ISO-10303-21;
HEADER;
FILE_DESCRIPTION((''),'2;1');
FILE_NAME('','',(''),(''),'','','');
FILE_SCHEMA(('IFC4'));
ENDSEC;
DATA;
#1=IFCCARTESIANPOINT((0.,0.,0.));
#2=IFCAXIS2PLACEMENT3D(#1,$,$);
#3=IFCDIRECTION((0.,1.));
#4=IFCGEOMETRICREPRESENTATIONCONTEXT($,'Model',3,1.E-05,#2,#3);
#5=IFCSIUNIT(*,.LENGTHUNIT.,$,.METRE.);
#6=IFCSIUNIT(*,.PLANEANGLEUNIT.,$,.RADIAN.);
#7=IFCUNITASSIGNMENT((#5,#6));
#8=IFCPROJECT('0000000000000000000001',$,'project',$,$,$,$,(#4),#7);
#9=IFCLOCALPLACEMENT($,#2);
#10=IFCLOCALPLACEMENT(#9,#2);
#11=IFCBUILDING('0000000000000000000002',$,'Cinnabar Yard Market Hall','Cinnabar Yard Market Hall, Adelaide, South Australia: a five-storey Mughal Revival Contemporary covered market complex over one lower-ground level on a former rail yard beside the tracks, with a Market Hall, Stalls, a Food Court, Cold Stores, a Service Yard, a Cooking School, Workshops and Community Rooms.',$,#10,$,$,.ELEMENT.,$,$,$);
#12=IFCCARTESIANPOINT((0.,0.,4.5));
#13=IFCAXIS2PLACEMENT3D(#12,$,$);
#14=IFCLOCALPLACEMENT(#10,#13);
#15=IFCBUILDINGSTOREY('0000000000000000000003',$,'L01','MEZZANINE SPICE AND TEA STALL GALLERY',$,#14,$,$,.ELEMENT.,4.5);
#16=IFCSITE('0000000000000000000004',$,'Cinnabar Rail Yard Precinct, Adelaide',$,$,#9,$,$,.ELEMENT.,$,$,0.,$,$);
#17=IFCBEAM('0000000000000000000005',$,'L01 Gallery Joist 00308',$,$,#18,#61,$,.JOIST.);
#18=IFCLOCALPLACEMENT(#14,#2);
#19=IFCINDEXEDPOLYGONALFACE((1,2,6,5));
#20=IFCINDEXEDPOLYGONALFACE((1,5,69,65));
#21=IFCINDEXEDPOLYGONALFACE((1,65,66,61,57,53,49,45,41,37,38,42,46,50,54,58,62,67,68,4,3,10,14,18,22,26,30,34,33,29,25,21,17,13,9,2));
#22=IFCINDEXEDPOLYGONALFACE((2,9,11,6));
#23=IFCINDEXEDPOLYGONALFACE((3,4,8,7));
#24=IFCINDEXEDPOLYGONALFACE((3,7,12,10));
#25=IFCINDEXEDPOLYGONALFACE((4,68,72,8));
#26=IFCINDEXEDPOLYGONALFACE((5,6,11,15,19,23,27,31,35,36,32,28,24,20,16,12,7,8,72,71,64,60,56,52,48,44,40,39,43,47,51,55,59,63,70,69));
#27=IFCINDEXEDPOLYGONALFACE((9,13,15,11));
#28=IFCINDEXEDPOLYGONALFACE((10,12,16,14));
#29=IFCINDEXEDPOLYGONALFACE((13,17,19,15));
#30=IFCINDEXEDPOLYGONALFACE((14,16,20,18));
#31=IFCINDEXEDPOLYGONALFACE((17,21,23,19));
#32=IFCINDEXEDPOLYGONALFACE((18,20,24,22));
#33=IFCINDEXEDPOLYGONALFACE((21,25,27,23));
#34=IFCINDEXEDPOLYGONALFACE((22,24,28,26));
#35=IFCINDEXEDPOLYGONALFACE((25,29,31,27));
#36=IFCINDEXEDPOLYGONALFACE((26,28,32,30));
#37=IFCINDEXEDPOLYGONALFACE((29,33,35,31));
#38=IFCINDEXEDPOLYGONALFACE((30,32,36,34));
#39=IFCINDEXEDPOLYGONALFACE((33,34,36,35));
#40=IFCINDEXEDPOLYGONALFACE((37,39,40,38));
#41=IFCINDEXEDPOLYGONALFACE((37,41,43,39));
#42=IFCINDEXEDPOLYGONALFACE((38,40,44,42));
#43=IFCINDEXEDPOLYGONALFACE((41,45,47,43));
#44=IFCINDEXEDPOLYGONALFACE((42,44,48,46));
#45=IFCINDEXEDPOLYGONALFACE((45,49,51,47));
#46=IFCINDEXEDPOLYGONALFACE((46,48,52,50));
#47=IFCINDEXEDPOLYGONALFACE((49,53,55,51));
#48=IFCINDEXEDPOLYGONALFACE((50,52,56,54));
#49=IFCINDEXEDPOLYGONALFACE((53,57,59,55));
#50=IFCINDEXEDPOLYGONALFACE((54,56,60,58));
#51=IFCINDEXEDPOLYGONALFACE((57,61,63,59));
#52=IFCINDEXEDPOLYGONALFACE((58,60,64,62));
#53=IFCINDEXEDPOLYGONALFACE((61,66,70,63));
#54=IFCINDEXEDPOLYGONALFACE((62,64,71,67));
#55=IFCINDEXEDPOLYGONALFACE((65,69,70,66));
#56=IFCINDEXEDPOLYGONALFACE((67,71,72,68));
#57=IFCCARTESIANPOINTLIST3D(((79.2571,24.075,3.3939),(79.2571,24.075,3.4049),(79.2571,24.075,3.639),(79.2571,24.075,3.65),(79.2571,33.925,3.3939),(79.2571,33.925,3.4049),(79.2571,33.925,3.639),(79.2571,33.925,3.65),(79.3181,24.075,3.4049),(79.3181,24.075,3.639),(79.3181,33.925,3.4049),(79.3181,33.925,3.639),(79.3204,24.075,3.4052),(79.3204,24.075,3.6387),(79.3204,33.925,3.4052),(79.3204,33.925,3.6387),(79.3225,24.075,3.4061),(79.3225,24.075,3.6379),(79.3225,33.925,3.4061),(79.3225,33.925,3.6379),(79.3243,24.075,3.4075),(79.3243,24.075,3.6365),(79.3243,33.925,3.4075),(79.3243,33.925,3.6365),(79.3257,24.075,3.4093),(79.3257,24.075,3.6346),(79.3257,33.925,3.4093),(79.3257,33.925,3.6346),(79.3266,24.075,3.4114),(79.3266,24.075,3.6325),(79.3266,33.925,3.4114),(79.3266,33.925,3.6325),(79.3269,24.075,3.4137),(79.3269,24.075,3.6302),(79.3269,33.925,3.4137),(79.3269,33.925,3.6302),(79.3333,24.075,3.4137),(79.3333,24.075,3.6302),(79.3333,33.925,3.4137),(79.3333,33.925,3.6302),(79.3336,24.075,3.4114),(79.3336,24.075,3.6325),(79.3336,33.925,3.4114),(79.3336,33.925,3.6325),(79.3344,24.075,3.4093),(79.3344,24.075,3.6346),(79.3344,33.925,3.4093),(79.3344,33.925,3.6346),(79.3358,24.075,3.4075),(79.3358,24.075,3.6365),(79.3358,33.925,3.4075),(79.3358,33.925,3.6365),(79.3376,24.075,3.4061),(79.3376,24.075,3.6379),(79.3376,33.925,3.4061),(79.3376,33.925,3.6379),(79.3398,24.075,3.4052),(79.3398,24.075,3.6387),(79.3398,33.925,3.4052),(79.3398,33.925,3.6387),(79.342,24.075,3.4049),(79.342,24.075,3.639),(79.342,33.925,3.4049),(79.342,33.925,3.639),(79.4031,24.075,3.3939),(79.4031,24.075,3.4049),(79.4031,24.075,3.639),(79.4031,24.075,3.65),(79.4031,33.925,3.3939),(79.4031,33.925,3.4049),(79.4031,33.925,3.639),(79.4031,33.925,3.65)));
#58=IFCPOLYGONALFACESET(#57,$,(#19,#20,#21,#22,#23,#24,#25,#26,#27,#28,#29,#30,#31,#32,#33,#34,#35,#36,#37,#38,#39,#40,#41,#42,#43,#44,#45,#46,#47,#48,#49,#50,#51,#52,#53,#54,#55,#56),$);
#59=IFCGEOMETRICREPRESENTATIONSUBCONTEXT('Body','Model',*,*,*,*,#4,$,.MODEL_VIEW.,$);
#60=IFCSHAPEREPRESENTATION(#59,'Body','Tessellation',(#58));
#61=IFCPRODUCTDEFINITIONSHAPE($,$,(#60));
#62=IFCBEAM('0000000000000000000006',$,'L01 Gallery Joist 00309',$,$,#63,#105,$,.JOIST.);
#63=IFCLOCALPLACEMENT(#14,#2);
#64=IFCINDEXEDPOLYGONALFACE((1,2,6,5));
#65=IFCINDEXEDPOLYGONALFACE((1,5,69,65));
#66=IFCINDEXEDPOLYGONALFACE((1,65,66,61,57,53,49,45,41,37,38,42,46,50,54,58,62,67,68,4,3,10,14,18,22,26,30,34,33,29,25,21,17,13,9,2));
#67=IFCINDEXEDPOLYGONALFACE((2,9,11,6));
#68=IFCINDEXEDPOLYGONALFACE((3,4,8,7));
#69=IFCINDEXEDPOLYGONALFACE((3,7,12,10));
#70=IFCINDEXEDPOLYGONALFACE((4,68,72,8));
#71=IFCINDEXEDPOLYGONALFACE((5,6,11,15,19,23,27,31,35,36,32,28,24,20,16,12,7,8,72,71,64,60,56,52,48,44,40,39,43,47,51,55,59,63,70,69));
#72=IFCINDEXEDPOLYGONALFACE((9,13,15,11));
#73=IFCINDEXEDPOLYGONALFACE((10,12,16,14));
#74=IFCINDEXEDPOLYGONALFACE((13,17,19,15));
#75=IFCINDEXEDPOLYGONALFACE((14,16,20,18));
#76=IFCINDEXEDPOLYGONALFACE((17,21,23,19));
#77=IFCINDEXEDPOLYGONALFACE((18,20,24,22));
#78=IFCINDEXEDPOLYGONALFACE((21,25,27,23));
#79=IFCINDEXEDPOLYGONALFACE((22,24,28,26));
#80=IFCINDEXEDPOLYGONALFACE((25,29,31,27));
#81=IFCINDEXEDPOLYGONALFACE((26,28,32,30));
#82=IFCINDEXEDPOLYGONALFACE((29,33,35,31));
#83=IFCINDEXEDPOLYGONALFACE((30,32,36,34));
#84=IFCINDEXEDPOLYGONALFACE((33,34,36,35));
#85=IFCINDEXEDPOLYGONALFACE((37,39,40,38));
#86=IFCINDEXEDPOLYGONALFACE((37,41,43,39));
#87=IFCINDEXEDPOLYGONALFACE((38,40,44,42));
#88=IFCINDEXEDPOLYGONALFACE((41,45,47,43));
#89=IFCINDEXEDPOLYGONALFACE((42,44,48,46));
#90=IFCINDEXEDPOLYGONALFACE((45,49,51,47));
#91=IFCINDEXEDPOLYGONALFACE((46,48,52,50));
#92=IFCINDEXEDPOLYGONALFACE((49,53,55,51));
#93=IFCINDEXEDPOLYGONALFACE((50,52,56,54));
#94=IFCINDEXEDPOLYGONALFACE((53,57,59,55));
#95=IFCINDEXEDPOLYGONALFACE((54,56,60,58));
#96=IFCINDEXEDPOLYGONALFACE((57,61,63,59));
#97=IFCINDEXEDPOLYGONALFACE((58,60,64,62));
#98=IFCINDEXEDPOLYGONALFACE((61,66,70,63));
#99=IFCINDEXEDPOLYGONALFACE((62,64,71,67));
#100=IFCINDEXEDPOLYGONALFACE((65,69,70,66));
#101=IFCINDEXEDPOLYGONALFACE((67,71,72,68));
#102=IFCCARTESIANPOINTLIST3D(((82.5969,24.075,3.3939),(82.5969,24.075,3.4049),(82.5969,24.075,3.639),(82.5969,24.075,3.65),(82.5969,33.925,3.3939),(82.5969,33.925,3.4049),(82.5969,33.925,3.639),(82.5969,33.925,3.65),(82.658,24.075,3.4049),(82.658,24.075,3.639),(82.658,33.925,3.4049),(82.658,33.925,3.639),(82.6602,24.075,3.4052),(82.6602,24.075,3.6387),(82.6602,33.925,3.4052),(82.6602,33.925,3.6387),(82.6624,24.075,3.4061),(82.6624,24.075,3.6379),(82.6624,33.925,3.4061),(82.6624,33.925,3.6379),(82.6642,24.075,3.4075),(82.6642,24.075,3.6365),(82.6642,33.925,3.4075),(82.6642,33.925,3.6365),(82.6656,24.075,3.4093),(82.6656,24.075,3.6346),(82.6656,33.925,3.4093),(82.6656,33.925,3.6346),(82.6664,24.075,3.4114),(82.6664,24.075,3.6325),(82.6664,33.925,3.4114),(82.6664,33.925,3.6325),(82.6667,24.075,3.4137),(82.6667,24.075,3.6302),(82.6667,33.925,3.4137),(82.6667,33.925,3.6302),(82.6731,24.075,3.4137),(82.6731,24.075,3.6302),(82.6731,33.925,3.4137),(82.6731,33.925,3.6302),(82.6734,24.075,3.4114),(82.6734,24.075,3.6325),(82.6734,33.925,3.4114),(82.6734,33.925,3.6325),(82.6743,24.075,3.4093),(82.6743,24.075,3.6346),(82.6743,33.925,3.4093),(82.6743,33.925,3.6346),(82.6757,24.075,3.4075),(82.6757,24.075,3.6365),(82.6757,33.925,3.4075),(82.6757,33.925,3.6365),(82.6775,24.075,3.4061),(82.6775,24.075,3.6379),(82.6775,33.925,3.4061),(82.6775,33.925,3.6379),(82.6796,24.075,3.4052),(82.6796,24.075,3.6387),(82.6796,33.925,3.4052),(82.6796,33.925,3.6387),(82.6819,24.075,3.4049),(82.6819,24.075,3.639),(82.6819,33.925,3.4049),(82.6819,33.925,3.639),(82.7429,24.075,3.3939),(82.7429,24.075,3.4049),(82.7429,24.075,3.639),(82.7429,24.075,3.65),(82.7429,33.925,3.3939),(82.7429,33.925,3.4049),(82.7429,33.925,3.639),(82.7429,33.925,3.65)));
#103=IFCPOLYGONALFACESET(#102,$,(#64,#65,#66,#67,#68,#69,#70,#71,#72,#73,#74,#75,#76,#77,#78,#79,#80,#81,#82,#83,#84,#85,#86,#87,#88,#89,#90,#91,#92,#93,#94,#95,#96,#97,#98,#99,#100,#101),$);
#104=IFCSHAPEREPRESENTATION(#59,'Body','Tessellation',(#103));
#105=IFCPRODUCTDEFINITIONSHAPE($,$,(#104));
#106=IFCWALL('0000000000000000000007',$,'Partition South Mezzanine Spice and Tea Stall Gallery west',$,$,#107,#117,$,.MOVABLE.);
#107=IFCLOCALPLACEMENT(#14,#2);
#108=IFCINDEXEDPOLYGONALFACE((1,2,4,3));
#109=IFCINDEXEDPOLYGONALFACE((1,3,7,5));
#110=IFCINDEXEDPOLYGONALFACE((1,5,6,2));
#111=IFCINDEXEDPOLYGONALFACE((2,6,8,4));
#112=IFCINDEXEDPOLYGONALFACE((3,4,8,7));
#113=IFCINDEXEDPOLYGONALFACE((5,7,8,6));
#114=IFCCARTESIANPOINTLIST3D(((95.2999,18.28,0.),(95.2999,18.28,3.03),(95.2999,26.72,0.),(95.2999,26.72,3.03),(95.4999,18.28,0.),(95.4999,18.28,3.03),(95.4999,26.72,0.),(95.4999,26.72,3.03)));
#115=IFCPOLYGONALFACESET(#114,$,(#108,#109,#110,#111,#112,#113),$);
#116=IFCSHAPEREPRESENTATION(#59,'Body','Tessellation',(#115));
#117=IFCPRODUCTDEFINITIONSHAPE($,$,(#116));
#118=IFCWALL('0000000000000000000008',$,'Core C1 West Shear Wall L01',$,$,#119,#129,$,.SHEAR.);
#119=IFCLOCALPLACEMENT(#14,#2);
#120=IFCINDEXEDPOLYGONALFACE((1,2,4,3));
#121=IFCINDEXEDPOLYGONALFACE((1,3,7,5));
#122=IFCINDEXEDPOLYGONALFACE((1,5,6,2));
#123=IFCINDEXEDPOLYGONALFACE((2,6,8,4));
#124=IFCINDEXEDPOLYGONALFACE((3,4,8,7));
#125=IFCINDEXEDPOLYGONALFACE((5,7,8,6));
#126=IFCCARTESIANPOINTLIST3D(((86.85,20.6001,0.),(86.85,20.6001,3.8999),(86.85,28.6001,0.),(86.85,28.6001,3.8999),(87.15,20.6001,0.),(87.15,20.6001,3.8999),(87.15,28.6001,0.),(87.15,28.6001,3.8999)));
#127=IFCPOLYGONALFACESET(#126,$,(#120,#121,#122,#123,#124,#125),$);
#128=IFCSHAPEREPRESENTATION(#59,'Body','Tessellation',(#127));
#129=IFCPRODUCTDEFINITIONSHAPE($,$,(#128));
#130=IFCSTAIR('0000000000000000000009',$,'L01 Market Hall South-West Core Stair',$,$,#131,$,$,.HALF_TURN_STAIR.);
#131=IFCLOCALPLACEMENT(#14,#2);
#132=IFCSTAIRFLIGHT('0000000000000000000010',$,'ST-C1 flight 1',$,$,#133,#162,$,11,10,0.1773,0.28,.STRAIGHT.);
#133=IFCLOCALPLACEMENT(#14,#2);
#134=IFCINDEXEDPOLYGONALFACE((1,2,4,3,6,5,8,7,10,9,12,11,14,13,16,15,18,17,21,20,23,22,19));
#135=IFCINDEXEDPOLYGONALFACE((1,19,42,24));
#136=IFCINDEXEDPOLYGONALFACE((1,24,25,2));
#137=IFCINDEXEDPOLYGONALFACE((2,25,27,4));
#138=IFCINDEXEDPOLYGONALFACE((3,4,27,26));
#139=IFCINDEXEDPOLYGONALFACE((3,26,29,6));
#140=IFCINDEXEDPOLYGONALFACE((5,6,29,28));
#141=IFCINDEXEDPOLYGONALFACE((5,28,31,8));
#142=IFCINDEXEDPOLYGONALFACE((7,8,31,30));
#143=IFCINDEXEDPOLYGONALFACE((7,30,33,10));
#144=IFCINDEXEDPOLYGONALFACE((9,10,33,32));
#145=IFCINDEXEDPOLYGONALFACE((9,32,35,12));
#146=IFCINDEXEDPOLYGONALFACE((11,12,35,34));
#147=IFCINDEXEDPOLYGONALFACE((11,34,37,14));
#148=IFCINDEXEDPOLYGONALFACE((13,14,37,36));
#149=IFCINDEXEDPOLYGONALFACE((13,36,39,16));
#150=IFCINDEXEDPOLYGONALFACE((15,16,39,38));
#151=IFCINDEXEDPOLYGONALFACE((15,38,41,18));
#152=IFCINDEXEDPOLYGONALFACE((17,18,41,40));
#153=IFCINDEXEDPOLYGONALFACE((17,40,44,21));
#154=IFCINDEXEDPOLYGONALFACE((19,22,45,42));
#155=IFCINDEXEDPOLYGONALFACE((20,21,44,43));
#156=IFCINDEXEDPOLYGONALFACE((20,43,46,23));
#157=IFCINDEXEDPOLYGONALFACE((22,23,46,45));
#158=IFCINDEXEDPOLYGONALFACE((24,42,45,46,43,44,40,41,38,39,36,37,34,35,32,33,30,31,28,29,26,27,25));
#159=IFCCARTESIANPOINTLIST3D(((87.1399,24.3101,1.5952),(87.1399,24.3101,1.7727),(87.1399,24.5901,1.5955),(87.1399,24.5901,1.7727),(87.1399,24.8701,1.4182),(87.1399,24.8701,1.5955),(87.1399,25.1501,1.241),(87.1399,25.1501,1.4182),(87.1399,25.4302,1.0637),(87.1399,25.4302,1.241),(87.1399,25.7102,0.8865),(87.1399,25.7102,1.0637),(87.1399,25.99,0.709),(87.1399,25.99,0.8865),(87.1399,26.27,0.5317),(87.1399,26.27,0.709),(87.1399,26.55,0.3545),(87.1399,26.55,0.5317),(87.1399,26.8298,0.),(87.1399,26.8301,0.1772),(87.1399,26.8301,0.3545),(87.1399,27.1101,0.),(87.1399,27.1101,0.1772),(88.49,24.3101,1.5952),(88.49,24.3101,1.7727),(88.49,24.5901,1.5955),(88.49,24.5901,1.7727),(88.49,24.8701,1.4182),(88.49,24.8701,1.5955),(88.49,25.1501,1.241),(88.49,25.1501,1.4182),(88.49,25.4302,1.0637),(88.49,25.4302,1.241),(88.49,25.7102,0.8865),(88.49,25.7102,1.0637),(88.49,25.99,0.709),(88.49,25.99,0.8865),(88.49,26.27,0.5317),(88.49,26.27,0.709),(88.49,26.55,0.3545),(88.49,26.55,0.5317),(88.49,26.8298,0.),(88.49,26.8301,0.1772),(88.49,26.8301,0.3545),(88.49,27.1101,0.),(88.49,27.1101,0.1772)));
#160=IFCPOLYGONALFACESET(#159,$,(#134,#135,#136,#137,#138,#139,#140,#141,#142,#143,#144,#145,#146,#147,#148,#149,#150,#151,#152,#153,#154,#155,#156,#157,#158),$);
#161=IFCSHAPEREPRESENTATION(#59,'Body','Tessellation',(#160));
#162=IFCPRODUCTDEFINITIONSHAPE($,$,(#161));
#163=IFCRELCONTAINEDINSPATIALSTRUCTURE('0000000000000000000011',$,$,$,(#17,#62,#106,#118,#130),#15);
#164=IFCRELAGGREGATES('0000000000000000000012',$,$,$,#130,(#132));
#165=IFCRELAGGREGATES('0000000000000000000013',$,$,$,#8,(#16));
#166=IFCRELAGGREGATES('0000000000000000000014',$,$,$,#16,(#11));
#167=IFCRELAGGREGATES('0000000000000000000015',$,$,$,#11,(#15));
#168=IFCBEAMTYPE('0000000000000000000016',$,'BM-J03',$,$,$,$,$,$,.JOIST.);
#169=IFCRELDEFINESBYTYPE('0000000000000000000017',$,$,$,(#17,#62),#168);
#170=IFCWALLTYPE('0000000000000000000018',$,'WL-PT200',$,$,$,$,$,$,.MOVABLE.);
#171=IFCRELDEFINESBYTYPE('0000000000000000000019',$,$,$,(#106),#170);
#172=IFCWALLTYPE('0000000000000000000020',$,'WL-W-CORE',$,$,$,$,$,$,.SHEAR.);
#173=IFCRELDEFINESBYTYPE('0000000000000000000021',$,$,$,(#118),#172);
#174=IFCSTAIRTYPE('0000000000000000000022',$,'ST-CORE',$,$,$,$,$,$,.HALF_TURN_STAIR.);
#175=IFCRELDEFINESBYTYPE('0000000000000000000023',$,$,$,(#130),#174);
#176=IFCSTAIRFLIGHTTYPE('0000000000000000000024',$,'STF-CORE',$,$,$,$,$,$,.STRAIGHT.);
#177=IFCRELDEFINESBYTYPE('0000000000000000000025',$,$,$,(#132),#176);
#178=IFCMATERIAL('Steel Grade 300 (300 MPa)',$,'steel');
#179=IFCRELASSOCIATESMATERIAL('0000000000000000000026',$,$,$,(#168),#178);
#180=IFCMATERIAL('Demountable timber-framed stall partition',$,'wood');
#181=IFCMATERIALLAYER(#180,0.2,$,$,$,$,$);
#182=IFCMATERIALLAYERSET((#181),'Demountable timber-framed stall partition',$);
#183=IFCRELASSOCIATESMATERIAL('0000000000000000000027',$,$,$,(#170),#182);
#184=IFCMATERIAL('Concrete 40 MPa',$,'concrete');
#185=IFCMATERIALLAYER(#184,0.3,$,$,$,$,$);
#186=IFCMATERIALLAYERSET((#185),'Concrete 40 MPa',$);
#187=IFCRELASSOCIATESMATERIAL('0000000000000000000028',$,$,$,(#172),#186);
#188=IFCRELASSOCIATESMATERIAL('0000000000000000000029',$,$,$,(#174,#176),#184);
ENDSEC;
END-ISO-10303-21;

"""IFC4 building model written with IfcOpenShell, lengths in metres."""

from ifc_helpers import new_model, si_unit, direction, frame, frame_2d, origin, origin_2d_with_axis, place, context, subcontext, project, spatial, polyline, rectangle, i_section, outline, extrude, material, layer, layer_set, material_profile, profile_set, type_object, element, aggregate, save


model = new_model("IFC4")

# Units and contexts
model_context = context("Model", 3, precision=1e-05, world=origin(), true_north=direction((0.0, 1.0)))
body_context = subcontext(model_context, "Body", "Model", "MODEL_VIEW")
ifc_project = project(units=[si_unit("LENGTHUNIT", "METRE"), si_unit("PLANEANGLEUNIT", "RADIAN")], contexts=[model_context])

# Site, building, storey
site_placement = place(None, origin())
site = spatial("IfcSite", under=ifc_project, at=site_placement, Name="Cinnabar Rail Yard Precinct, Adelaide", CompositionType="ELEMENT", RefElevation=0.0)
building_placement = place(site_placement, origin())
building = spatial("IfcBuilding", under=site, at=building_placement, Name="Cinnabar Yard Market Hall", Description="Cinnabar Yard Market Hall, Adelaide, South Australia: a five-storey Mughal Revival Contemporary covered market complex over one lower-ground level on a former rail yard beside the tracks, with a Market Hall, Stalls, a Food Court, Cold Stores, a Service Yard, a Cooking School, Workshops and Community Rooms.", CompositionType="ELEMENT")
storey_placement = place(building_placement, frame((0.0, 0.0, 4.5)))
storey = spatial("IfcBuildingStorey", under=building, at=storey_placement, Name="L01", Description="MEZZANINE SPICE AND TEA STALL GALLERY", CompositionType="ELEMENT", Elevation=4.5)

# Beams
ifc_material_1 = material(Name="Steel Grade 300 (300 MPa)", Category="steel")
ifc_material_profile_1 = material_profile(ifc_material_1, i_section(OverallWidth=0.146, OverallDepth=0.2561, WebThickness=0.0063, FlangeThickness=0.011, FilletRadius=0.0088, at=origin_2d_with_axis()), Name="250UB37.3")
ifc_profile_set_1 = profile_set([ifc_material_profile_1], Name="Steel Grade 300 (300 MPa)")
beam_type_1 = type_object("IfcBeamType", Name="BM-J03", PredefinedType="JOIST", material=ifc_profile_set_1)
for number, where, z_axis, x_axis, name in (
    (1, (79.3301, 24.075, 3.522), (0.0, 1.0, 0.0), (-1.0, 0.0, 0.0), "L01 Gallery Joist 00308"),
    (2, (82.6699, 24.075, 3.522), (0.0, 1.0, 0.0), (-1.0, 0.0, 0.0), "L01 Gallery Joist 00309"),
):
    element("IfcBeam", number, at=place(storey_placement, frame(where, z_axis=z_axis, x_axis=x_axis)), inside=storey, type_object=beam_type_1, Name=name, PredefinedType="JOIST", context=body_context, shape_type="SweptSolid", body=[
        extrude(i_section(OverallWidth=0.146, OverallDepth=0.2561, WebThickness=0.0063, FlangeThickness=0.011, FilletRadius=0.0088, at=origin_2d_with_axis()), origin(), (0.0, 0.0, 1.0), 9.8501),
    ])

# Walls
ifc_material_2 = material(Name="Demountable timber-framed stall partition", Category="wood")
ifc_layer_1 = layer(ifc_material_2, 0.2)
ifc_layer_set_1 = layer_set([ifc_layer_1], Name="Demountable timber-framed stall partition")
wall_type_1 = type_object("IfcWallType", Name="WL-PT200", PredefinedType="MOVABLE", material=ifc_layer_set_1)
wall_1_placement = place(storey_placement, frame((95.3999, 26.72, 0.0), z_axis=(0.0, 0.0, 1.0), x_axis=(0.0, -1.0, 0.0)))
element("IfcWall", 3, at=wall_1_placement, inside=storey, type_object=wall_type_1, Name="Partition South Mezzanine Spice and Tea Stall Gallery west", PredefinedType="MOVABLE", context=body_context, shape_type="SweptSolid", body=[
    extrude(rectangle(XDim=8.4399, YDim=0.2, at=frame_2d((4.22, 0.0), x_axis=(1.0, 0.0))), origin(), (0.0, 0.0, 1.0), 3.03),
])
ifc_material_3 = material(Name="Concrete 40 MPa", Category="concrete")
ifc_layer_2 = layer(ifc_material_3, 0.3)
ifc_layer_set_2 = layer_set([ifc_layer_2], Name="Concrete 40 MPa")
wall_type_2 = type_object("IfcWallType", Name="WL-W-CORE", PredefinedType="SHEAR", material=ifc_layer_set_2)
wall_2_placement = place(storey_placement, frame((87.0, 28.6001, 0.0), z_axis=(0.0, 0.0, 1.0), x_axis=(0.0, -1.0, 0.0)))
element("IfcWall", 4, at=wall_2_placement, inside=storey, type_object=wall_type_2, Name="Core C1 West Shear Wall L01", PredefinedType="SHEAR", context=body_context, shape_type="SweptSolid", body=[
    extrude(rectangle(XDim=8.0, YDim=0.3, at=frame_2d((4.0, 0.0), x_axis=(1.0, 0.0))), origin(), (0.0, 0.0, 1.0), 3.8999),
])

# Stair, stair flight
stair_type = type_object("IfcStairType", Name="ST-CORE", PredefinedType="HALF_TURN_STAIR", material=ifc_material_3)
stair_placement = place(storey_placement, origin())
stair = element("IfcStair", 5, at=stair_placement, inside=storey, type_object=stair_type, Name="L01 Market Hall South-West Core Stair", PredefinedType="HALF_TURN_STAIR")
stair_flight_type = type_object("IfcStairFlightType", Name="STF-CORE", PredefinedType="STRAIGHT", material=ifc_material_3)
stair_flight_1_placement = place(storey_placement, frame((87.8149, 27.1101, 0.0), z_axis=(0.0, 0.0, 1.0), x_axis=(0.0, -1.0, 0.0)))
stair_flight_1 = element("IfcStairFlight", 6, at=stair_flight_1_placement, type_object=stair_flight_type, Name="ST-C1 flight 1", NumberOfRisers=11, NumberOfTreads=10, PredefinedType="STRAIGHT", RiserHeight=0.1773, TreadLength=0.28, context=body_context, shape_type="SweptSolid", body=[
    extrude(outline(polyline([(0.0, 0.0), (0.0, 0.1772), (0.28, 0.1772), (0.28, 0.3545), (0.5601, 0.3545), (0.5601, 0.5317), (0.8401, 0.5317), (0.8401, 0.709), (1.1201, 0.709), (1.1201, 0.8865), (1.3999, 0.8865), (1.3999, 1.0637), (1.6799, 1.0637), (1.6799, 1.241), (1.96, 1.241), (1.96, 1.4182), (2.24, 1.4182), (2.24, 1.5955), (2.52, 1.5955), (2.52, 1.7727), (2.8, 1.7727), (2.8, 1.95), (2.8, 1.5952), (0.2803, 0.0), (0.0, 0.0)])), frame((0.0, 0.675, 0.0), z_axis=(0.0, -1.0, 0.0), x_axis=(1.0, 0.0, 0.0)), (0.0, 0.0, 1.0), 1.3501),
])
aggregate(stair, [stair_flight_1])

save(model, "model.ifc")
